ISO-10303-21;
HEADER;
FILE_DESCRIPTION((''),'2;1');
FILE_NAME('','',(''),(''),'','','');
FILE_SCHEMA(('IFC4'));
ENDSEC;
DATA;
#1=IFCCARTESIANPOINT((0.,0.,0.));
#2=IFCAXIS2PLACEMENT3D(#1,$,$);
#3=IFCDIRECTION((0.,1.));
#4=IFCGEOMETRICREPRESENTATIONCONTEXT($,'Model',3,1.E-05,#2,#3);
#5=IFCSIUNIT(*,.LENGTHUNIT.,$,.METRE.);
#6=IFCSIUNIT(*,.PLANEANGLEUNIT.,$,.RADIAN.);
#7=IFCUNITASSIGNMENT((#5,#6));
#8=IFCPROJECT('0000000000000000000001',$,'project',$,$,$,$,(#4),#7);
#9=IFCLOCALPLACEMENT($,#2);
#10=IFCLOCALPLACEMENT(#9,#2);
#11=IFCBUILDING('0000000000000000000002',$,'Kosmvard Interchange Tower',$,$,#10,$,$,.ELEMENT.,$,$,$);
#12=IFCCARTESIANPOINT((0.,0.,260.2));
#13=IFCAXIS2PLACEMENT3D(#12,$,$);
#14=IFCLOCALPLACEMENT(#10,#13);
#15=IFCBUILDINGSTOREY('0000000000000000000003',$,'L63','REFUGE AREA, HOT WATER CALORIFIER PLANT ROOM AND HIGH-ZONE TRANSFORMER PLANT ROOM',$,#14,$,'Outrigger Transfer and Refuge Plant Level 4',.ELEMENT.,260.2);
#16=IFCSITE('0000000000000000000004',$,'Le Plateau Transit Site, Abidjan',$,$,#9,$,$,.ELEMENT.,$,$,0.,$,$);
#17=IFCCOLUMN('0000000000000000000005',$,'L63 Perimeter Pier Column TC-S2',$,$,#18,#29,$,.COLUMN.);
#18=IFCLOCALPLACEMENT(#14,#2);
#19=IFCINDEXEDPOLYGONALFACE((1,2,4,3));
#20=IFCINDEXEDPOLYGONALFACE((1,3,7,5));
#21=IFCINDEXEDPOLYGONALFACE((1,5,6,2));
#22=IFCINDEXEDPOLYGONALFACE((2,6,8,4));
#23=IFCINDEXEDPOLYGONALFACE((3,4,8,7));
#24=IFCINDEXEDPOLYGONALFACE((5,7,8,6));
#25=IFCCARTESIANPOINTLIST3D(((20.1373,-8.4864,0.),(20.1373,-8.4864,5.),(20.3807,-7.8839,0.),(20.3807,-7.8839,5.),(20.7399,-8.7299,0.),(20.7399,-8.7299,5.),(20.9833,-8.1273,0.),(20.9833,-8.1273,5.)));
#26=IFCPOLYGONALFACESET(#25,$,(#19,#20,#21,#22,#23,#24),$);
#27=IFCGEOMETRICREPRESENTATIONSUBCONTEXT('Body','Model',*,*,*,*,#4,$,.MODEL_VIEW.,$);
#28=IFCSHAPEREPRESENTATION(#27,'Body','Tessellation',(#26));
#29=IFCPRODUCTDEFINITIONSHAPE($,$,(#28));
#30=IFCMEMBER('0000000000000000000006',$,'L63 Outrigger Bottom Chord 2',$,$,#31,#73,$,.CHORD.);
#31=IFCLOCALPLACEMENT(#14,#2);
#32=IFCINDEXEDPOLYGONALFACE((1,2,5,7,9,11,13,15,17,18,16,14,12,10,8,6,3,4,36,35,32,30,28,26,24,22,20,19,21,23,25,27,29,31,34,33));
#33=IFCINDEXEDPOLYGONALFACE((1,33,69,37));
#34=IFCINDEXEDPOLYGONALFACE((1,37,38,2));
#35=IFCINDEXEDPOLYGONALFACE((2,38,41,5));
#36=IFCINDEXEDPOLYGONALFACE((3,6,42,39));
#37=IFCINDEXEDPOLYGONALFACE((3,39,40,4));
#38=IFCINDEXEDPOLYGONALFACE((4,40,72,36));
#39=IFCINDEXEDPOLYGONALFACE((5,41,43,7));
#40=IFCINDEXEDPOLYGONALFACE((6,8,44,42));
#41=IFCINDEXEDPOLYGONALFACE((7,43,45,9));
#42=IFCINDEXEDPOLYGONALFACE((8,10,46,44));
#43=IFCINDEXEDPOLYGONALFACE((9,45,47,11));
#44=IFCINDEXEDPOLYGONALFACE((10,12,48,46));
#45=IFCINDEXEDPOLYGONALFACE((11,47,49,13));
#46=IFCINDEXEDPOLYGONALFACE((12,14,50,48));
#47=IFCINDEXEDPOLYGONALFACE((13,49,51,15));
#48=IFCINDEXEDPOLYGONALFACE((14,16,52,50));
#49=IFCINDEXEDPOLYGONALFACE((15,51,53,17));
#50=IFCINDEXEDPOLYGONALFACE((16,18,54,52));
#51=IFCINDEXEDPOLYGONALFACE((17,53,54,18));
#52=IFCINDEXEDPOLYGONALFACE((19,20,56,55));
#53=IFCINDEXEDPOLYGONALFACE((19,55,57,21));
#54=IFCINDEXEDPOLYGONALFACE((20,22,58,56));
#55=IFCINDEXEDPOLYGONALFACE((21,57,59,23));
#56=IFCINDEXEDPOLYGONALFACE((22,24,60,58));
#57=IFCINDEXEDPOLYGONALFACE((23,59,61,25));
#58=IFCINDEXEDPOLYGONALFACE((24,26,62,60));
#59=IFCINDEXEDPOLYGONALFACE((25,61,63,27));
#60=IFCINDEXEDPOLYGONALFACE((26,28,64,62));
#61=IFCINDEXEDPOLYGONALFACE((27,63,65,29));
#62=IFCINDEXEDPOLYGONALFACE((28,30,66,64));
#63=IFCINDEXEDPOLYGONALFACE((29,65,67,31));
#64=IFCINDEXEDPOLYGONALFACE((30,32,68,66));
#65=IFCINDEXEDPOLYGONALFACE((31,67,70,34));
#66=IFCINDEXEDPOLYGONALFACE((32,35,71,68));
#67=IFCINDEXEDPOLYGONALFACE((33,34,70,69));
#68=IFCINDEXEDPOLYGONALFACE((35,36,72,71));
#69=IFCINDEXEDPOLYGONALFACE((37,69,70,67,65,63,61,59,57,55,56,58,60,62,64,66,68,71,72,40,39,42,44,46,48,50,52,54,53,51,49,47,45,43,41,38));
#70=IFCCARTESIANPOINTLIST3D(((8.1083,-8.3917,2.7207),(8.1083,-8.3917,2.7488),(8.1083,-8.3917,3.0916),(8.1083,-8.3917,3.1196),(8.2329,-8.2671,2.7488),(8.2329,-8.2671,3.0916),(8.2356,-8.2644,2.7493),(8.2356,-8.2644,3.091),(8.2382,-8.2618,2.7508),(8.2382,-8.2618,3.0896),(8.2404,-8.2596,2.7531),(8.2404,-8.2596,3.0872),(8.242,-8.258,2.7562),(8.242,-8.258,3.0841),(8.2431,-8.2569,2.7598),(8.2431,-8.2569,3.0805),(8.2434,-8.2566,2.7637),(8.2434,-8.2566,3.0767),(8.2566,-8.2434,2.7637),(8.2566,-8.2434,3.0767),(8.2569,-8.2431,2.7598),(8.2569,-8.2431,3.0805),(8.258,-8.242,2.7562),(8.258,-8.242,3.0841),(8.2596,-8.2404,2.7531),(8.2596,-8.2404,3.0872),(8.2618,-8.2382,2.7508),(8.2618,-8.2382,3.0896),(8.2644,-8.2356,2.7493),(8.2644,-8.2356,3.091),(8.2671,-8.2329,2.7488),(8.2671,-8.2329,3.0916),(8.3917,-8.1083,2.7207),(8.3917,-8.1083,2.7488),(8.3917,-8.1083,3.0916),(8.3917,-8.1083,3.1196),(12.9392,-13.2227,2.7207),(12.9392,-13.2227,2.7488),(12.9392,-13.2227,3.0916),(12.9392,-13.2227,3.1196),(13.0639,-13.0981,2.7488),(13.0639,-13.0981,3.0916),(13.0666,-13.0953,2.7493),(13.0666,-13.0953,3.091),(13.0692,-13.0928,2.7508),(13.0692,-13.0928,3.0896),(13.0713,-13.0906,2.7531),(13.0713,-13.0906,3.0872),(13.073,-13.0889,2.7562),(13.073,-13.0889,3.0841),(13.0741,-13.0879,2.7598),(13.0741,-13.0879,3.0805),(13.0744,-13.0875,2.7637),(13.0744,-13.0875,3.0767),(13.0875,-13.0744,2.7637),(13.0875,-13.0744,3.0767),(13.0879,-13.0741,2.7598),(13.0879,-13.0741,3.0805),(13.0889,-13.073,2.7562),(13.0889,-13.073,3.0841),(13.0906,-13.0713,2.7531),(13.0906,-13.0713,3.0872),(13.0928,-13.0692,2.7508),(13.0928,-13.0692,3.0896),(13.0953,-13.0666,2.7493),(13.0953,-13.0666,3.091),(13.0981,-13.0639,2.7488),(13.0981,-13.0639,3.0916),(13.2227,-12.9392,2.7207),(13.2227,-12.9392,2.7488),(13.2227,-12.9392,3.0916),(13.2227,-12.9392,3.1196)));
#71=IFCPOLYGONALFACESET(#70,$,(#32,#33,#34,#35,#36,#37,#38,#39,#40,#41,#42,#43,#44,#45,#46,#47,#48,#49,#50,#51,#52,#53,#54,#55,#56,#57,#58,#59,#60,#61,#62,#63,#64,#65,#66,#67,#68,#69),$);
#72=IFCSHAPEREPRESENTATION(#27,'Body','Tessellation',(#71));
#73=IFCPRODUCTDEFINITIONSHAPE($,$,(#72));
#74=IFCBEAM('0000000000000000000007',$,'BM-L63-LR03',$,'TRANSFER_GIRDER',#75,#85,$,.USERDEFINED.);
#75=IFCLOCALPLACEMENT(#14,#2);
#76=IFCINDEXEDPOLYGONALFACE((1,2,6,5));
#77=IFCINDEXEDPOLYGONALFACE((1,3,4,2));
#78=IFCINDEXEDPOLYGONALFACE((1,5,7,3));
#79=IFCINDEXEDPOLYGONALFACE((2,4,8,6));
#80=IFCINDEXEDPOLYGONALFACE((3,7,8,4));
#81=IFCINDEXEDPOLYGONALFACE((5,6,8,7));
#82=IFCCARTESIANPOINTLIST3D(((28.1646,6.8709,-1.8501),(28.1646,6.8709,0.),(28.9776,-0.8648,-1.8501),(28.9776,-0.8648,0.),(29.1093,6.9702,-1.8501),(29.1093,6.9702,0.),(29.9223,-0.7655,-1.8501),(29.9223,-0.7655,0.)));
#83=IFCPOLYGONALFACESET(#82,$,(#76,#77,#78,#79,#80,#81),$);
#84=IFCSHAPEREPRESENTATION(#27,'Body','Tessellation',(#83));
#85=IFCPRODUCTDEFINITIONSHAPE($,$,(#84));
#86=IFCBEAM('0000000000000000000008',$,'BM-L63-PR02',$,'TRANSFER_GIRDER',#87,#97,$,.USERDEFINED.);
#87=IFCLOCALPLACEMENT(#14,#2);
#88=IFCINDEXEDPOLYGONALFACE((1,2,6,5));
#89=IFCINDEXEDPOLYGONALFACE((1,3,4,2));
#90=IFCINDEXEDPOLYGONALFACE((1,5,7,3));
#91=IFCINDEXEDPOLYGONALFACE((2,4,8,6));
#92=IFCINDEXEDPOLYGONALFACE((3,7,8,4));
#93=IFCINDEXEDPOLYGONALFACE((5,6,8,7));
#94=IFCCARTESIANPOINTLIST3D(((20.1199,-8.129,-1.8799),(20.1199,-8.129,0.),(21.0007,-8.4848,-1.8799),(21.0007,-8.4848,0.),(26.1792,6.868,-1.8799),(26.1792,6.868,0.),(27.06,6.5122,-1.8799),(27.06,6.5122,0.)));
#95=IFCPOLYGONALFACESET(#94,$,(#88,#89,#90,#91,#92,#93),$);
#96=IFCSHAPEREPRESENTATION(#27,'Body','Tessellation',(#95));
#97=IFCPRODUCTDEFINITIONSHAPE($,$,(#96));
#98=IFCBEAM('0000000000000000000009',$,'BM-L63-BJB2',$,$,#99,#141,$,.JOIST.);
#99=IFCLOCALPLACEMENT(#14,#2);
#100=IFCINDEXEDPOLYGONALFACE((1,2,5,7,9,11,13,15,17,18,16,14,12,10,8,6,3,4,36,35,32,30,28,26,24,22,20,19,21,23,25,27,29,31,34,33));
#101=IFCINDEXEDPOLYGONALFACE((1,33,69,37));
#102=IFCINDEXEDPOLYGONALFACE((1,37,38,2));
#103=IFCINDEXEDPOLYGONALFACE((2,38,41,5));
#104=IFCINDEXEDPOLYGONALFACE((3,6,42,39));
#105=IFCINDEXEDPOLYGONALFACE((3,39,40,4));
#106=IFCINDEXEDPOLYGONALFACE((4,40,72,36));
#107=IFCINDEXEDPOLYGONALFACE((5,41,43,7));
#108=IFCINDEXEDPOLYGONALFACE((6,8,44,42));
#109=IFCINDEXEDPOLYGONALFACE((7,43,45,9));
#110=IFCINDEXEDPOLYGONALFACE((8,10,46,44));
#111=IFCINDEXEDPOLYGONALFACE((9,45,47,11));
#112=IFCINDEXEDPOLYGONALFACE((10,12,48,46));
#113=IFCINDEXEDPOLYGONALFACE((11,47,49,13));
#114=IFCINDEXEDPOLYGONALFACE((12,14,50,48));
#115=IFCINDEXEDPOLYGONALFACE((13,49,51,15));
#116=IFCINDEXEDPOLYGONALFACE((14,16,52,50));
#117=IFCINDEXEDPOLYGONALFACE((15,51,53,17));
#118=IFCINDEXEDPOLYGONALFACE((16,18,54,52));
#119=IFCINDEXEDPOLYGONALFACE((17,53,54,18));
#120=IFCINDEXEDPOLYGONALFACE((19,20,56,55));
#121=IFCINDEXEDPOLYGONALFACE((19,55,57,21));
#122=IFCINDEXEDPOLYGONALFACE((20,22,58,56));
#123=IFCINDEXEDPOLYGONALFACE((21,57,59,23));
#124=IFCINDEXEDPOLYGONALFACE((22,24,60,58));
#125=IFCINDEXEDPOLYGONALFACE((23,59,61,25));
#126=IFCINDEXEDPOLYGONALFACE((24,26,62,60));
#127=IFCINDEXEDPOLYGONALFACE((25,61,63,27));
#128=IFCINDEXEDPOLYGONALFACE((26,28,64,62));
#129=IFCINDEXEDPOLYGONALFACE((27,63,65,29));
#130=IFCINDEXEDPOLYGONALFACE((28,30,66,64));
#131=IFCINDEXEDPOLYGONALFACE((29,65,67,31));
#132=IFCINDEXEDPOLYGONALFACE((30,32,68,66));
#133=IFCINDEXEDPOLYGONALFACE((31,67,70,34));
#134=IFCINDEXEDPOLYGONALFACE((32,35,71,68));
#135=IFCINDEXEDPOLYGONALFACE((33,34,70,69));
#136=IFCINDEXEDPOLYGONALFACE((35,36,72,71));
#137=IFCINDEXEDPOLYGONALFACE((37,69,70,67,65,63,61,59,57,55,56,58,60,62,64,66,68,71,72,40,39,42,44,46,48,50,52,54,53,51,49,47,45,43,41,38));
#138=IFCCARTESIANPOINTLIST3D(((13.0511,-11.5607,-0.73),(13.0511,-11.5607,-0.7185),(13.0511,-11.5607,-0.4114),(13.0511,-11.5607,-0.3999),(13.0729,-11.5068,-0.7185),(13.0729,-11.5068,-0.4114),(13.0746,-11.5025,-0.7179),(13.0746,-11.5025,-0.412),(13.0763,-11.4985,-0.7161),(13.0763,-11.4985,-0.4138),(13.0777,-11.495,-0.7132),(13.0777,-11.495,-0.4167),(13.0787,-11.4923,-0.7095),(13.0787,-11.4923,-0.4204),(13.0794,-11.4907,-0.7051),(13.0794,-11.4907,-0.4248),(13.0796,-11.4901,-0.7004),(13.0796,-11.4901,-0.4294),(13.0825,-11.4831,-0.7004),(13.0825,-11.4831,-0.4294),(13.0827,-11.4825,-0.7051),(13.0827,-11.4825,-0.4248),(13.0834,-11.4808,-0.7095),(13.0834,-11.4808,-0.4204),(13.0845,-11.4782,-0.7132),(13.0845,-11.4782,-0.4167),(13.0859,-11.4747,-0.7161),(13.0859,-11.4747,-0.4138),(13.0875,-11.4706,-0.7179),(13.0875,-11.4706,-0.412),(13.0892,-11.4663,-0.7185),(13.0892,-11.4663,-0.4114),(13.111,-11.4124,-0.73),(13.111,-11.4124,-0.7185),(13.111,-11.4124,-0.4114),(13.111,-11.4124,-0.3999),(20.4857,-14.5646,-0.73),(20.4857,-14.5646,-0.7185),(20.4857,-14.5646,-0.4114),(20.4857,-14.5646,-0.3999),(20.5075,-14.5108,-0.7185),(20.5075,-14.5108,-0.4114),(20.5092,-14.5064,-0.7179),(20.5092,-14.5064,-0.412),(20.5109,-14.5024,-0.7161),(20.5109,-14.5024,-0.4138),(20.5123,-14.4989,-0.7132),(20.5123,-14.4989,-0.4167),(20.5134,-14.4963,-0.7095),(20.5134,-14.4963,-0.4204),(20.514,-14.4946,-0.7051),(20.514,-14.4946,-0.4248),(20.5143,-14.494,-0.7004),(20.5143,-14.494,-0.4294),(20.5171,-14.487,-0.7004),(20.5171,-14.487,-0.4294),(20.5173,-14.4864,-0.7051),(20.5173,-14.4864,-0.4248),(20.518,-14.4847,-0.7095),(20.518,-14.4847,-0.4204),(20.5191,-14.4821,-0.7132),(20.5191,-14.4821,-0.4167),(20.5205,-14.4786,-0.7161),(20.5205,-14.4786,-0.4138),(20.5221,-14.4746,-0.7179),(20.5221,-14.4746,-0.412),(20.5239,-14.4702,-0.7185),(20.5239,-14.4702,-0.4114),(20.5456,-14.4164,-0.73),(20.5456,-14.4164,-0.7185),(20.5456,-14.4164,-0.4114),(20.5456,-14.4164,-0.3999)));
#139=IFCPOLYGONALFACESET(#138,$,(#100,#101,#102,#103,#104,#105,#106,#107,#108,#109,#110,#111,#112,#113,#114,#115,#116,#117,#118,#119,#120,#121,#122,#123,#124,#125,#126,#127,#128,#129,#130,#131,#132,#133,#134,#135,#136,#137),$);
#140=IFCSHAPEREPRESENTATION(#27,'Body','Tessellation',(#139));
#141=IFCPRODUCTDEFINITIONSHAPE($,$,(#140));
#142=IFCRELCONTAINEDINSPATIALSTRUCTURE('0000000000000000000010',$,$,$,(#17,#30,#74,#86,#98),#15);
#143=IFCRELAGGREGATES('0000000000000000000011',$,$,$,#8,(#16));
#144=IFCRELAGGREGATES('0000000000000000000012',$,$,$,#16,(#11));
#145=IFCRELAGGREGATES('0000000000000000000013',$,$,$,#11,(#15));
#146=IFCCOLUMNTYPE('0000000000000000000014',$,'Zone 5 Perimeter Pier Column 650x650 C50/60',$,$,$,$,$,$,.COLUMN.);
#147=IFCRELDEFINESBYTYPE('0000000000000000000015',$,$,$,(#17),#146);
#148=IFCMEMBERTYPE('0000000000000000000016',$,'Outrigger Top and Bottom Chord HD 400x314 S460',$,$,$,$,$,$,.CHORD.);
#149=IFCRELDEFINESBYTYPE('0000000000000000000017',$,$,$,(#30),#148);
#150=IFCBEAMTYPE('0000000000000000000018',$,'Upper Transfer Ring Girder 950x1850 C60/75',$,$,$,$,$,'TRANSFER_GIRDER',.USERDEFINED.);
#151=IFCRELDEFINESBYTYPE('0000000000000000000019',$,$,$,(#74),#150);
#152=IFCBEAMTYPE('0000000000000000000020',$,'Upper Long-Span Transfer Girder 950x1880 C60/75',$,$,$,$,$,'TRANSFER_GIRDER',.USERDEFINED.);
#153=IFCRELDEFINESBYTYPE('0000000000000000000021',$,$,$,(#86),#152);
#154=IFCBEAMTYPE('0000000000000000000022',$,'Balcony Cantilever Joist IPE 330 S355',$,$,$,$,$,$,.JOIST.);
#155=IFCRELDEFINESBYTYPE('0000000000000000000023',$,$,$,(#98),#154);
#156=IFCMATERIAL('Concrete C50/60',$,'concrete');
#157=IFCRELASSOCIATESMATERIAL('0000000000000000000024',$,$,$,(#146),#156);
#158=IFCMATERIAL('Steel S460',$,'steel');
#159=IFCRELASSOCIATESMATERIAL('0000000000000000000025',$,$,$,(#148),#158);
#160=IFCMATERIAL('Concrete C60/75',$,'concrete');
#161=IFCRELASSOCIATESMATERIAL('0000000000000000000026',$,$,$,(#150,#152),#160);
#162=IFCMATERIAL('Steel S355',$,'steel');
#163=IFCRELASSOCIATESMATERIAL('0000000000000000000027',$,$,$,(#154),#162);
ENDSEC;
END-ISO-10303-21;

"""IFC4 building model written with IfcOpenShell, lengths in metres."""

from ifc_helpers import new_model, si_unit, direction, frame, origin, origin_2d, place, context, subcontext, project, spatial, rectangle, i_section, extrude, source, transform, mapped, material, material_profile, profile_set, type_object, element, save


model = new_model("IFC4")

# Units and contexts
model_context = context("Model", 3, precision=1e-05, world=origin(), true_north=direction((0.0, 1.0)))
body_context = subcontext(model_context, "Body", "Model", "MODEL_VIEW")
ifc_project = project(units=[si_unit("LENGTHUNIT", "METRE"), si_unit("PLANEANGLEUNIT", "RADIAN")], contexts=[model_context])

# Site, building, storey
site_placement = place(None, origin())
site = spatial("IfcSite", under=ifc_project, at=site_placement, Name="Le Plateau Transit Site, Abidjan", CompositionType="ELEMENT", RefElevation=0.0)
building_placement = place(site_placement, origin())
building = spatial("IfcBuilding", under=site, at=building_placement, Name="Kosmvard Interchange Tower", CompositionType="ELEMENT")
storey_placement = place(building_placement, frame((0.0, 0.0, 260.2)))
storey = spatial("IfcBuildingStorey", under=building, at=storey_placement, Name="L63", Description="REFUGE AREA, HOT WATER CALORIFIER PLANT ROOM AND HIGH-ZONE TRANSFORMER PLANT ROOM", LongName="Outrigger Transfer and Refuge Plant Level 4", CompositionType="ELEMENT", Elevation=260.2)

# Column
ifc_material_1 = material(Name="Concrete C50/60", Category="concrete")
ifc_material_profile_1 = material_profile(ifc_material_1, rectangle(XDim=0.6499, YDim=0.6499, at=origin_2d()), Name="TC 650x650")
ifc_profile_set_1 = profile_set([ifc_material_profile_1], Name="Concrete C50/60")
column_type = type_object("IfcColumnType", Name="Zone 5 Perimeter Pier Column 650x650 C50/60", PredefinedType="COLUMN", material=ifc_profile_set_1)
shared_shape_1 = source(origin(), body_context, "Body", "SweptSolid", [
    extrude(rectangle(XDim=0.6499, YDim=0.6499, at=origin_2d()), origin(), (0.0, 0.0, 1.0), 5.0),
])
column_placement = place(storey_placement, frame((20.5603, -8.3069, 0.0), z_axis=(0.0, 0.0, 1.0), x_axis=(0.374607, 0.927184, 0.0)))
element("IfcColumn", 1, at=column_placement, inside=storey, type_object=column_type, Name="L63 Perimeter Pier Column TC-S2", PredefinedType="COLUMN", context=body_context, shape_type="MappedRepresentation", body=[
    mapped(shared_shape_1, transform((0.0, 0.0, 0.0), scale=1.0)),
])

# Member
ifc_material_2 = material(Name="Steel S460", Category="steel")
ifc_material_profile_2 = material_profile(ifc_material_2, i_section(OverallWidth=0.4009, OverallDepth=0.3989, WebThickness=0.0186, FlangeThickness=0.0281, FilletRadius=0.0149, at=origin_2d()), Name="HD 400x314")
ifc_profile_set_2 = profile_set([ifc_material_profile_2], Name="Steel S460")
member_type_1 = type_object("IfcMemberType", Name="Outrigger Top and Bottom Chord HD 400x314 S460", PredefinedType="CHORD", material=ifc_profile_set_2)
shared_shape_2 = source(origin(), body_context, "Body", "SweptSolid", [
    extrude(i_section(OverallWidth=0.4009, OverallDepth=0.3989, WebThickness=0.0186, FlangeThickness=0.0281, FilletRadius=0.0149, at=origin_2d()), origin(), (0.0, 0.0, 1.0), 6.832),
])
member_1_placement = place(storey_placement, frame((8.25, -8.25, 2.9202), z_axis=(0.707107, -0.707107, 0.0), x_axis=(0.707107, 0.707107, 0.0)))
element("IfcMember", 2, at=member_1_placement, inside=storey, type_object=member_type_1, Name="L63 Outrigger Bottom Chord 2", PredefinedType="CHORD", context=body_context, shape_type="MappedRepresentation", body=[
    mapped(shared_shape_2, transform((0.0, 0.0, 0.0), scale=1.0)),
])

# Beams
ifc_material_3 = material(Name="Concrete C60/75", Category="concrete")
ifc_material_profile_3 = material_profile(ifc_material_3, rectangle(XDim=0.95, YDim=1.8501, at=origin_2d()), Name="TG 950x1850")
ifc_profile_set_3 = profile_set([ifc_material_profile_3], Name="Concrete C60/75")
beam_type_1 = type_object("IfcBeamType", Name="Upper Transfer Ring Girder 950x1850 C60/75", ElementType="TRANSFER_GIRDER", PredefinedType="USERDEFINED", material=ifc_profile_set_3)
shared_shape_3 = source(origin(), body_context, "Body", "SweptSolid", [
    extrude(rectangle(XDim=0.95, YDim=1.8501, at=origin_2d()), origin(), (0.0, 0.0, 1.0), 7.7783),
])
beam_1_placement = place(storey_placement, frame((29.45, -0.8152, -0.925), z_axis=(-0.104521, 0.994523, 0.0), x_axis=(-0.994523, -0.104521, 0.0)))
element("IfcBeam", 3, at=beam_1_placement, inside=storey, type_object=beam_type_1, Name="BM-L63-LR03", ObjectType="TRANSFER_GIRDER", PredefinedType="USERDEFINED", context=body_context, shape_type="MappedRepresentation", body=[
    mapped(shared_shape_3, transform((0.0, 0.0, 0.0), scale=1.0)),
])
ifc_material_profile_4 = material_profile(ifc_material_3, rectangle(XDim=0.95, YDim=1.8799, at=origin_2d()), Name="TG 950x1880")
ifc_profile_set_4 = profile_set([ifc_material_profile_4], Name="Concrete C60/75")
beam_type_2 = type_object("IfcBeamType", Name="Upper Long-Span Transfer Girder 950x1880 C60/75", ElementType="TRANSFER_GIRDER", PredefinedType="USERDEFINED", material=ifc_profile_set_4)
shared_shape_4 = source(origin(), body_context, "Body", "SweptSolid", [
    extrude(rectangle(XDim=0.95, YDim=1.8799, at=origin_2d()), origin(), (0.0, 0.0, 1.0), 16.1748),
])
beam_2_placement = place(storey_placement, frame((20.5603, -8.3069, -0.9399), z_axis=(0.374613, 0.927181, 0.0), x_axis=(-0.927181, 0.374613, 0.0)))
element("IfcBeam", 4, at=beam_2_placement, inside=storey, type_object=beam_type_2, Name="BM-L63-PR02", ObjectType="TRANSFER_GIRDER", PredefinedType="USERDEFINED", context=body_context, shape_type="MappedRepresentation", body=[
    mapped(shared_shape_4, transform((0.0, 0.0, 0.0), scale=1.0)),
])
ifc_material_4 = material(Name="Steel S355", Category="steel")
ifc_material_profile_5 = material_profile(ifc_material_4, i_section(OverallWidth=0.1599, OverallDepth=0.3301, WebThickness=0.0076, FlangeThickness=0.0115, FilletRadius=0.0181, at=origin_2d()), Name="IPE 330")
ifc_profile_set_5 = profile_set([ifc_material_profile_5], Name="Steel S355")
beam_type_3 = type_object("IfcBeamType", Name="Balcony Cantilever Joist IPE 330 S355", PredefinedType="JOIST", material=ifc_profile_set_5)
shared_shape_5 = source(origin(), body_context, "Body", "SweptSolid", [
    extrude(i_section(OverallWidth=0.1599, OverallDepth=0.3301, WebThickness=0.0076, FlangeThickness=0.0115, FilletRadius=0.0181, at=origin_2d()), origin(), (0.0, 0.0, 1.0), 8.0186),
])
beam_3_placement = place(storey_placement, frame((13.0811, -11.4866, -0.5649), z_axis=(0.927178, -0.374622, 0.0), x_axis=(0.374622, 0.927178, 0.0)))
element("IfcBeam", 5, at=beam_3_placement, inside=storey, type_object=beam_type_3, Name="BM-L63-BJB2", PredefinedType="JOIST", context=body_context, shape_type="MappedRepresentation", body=[
    mapped(shared_shape_5, transform((0.0, 0.0, 0.0), scale=1.0)),
])

save(model, "model.ifc")
